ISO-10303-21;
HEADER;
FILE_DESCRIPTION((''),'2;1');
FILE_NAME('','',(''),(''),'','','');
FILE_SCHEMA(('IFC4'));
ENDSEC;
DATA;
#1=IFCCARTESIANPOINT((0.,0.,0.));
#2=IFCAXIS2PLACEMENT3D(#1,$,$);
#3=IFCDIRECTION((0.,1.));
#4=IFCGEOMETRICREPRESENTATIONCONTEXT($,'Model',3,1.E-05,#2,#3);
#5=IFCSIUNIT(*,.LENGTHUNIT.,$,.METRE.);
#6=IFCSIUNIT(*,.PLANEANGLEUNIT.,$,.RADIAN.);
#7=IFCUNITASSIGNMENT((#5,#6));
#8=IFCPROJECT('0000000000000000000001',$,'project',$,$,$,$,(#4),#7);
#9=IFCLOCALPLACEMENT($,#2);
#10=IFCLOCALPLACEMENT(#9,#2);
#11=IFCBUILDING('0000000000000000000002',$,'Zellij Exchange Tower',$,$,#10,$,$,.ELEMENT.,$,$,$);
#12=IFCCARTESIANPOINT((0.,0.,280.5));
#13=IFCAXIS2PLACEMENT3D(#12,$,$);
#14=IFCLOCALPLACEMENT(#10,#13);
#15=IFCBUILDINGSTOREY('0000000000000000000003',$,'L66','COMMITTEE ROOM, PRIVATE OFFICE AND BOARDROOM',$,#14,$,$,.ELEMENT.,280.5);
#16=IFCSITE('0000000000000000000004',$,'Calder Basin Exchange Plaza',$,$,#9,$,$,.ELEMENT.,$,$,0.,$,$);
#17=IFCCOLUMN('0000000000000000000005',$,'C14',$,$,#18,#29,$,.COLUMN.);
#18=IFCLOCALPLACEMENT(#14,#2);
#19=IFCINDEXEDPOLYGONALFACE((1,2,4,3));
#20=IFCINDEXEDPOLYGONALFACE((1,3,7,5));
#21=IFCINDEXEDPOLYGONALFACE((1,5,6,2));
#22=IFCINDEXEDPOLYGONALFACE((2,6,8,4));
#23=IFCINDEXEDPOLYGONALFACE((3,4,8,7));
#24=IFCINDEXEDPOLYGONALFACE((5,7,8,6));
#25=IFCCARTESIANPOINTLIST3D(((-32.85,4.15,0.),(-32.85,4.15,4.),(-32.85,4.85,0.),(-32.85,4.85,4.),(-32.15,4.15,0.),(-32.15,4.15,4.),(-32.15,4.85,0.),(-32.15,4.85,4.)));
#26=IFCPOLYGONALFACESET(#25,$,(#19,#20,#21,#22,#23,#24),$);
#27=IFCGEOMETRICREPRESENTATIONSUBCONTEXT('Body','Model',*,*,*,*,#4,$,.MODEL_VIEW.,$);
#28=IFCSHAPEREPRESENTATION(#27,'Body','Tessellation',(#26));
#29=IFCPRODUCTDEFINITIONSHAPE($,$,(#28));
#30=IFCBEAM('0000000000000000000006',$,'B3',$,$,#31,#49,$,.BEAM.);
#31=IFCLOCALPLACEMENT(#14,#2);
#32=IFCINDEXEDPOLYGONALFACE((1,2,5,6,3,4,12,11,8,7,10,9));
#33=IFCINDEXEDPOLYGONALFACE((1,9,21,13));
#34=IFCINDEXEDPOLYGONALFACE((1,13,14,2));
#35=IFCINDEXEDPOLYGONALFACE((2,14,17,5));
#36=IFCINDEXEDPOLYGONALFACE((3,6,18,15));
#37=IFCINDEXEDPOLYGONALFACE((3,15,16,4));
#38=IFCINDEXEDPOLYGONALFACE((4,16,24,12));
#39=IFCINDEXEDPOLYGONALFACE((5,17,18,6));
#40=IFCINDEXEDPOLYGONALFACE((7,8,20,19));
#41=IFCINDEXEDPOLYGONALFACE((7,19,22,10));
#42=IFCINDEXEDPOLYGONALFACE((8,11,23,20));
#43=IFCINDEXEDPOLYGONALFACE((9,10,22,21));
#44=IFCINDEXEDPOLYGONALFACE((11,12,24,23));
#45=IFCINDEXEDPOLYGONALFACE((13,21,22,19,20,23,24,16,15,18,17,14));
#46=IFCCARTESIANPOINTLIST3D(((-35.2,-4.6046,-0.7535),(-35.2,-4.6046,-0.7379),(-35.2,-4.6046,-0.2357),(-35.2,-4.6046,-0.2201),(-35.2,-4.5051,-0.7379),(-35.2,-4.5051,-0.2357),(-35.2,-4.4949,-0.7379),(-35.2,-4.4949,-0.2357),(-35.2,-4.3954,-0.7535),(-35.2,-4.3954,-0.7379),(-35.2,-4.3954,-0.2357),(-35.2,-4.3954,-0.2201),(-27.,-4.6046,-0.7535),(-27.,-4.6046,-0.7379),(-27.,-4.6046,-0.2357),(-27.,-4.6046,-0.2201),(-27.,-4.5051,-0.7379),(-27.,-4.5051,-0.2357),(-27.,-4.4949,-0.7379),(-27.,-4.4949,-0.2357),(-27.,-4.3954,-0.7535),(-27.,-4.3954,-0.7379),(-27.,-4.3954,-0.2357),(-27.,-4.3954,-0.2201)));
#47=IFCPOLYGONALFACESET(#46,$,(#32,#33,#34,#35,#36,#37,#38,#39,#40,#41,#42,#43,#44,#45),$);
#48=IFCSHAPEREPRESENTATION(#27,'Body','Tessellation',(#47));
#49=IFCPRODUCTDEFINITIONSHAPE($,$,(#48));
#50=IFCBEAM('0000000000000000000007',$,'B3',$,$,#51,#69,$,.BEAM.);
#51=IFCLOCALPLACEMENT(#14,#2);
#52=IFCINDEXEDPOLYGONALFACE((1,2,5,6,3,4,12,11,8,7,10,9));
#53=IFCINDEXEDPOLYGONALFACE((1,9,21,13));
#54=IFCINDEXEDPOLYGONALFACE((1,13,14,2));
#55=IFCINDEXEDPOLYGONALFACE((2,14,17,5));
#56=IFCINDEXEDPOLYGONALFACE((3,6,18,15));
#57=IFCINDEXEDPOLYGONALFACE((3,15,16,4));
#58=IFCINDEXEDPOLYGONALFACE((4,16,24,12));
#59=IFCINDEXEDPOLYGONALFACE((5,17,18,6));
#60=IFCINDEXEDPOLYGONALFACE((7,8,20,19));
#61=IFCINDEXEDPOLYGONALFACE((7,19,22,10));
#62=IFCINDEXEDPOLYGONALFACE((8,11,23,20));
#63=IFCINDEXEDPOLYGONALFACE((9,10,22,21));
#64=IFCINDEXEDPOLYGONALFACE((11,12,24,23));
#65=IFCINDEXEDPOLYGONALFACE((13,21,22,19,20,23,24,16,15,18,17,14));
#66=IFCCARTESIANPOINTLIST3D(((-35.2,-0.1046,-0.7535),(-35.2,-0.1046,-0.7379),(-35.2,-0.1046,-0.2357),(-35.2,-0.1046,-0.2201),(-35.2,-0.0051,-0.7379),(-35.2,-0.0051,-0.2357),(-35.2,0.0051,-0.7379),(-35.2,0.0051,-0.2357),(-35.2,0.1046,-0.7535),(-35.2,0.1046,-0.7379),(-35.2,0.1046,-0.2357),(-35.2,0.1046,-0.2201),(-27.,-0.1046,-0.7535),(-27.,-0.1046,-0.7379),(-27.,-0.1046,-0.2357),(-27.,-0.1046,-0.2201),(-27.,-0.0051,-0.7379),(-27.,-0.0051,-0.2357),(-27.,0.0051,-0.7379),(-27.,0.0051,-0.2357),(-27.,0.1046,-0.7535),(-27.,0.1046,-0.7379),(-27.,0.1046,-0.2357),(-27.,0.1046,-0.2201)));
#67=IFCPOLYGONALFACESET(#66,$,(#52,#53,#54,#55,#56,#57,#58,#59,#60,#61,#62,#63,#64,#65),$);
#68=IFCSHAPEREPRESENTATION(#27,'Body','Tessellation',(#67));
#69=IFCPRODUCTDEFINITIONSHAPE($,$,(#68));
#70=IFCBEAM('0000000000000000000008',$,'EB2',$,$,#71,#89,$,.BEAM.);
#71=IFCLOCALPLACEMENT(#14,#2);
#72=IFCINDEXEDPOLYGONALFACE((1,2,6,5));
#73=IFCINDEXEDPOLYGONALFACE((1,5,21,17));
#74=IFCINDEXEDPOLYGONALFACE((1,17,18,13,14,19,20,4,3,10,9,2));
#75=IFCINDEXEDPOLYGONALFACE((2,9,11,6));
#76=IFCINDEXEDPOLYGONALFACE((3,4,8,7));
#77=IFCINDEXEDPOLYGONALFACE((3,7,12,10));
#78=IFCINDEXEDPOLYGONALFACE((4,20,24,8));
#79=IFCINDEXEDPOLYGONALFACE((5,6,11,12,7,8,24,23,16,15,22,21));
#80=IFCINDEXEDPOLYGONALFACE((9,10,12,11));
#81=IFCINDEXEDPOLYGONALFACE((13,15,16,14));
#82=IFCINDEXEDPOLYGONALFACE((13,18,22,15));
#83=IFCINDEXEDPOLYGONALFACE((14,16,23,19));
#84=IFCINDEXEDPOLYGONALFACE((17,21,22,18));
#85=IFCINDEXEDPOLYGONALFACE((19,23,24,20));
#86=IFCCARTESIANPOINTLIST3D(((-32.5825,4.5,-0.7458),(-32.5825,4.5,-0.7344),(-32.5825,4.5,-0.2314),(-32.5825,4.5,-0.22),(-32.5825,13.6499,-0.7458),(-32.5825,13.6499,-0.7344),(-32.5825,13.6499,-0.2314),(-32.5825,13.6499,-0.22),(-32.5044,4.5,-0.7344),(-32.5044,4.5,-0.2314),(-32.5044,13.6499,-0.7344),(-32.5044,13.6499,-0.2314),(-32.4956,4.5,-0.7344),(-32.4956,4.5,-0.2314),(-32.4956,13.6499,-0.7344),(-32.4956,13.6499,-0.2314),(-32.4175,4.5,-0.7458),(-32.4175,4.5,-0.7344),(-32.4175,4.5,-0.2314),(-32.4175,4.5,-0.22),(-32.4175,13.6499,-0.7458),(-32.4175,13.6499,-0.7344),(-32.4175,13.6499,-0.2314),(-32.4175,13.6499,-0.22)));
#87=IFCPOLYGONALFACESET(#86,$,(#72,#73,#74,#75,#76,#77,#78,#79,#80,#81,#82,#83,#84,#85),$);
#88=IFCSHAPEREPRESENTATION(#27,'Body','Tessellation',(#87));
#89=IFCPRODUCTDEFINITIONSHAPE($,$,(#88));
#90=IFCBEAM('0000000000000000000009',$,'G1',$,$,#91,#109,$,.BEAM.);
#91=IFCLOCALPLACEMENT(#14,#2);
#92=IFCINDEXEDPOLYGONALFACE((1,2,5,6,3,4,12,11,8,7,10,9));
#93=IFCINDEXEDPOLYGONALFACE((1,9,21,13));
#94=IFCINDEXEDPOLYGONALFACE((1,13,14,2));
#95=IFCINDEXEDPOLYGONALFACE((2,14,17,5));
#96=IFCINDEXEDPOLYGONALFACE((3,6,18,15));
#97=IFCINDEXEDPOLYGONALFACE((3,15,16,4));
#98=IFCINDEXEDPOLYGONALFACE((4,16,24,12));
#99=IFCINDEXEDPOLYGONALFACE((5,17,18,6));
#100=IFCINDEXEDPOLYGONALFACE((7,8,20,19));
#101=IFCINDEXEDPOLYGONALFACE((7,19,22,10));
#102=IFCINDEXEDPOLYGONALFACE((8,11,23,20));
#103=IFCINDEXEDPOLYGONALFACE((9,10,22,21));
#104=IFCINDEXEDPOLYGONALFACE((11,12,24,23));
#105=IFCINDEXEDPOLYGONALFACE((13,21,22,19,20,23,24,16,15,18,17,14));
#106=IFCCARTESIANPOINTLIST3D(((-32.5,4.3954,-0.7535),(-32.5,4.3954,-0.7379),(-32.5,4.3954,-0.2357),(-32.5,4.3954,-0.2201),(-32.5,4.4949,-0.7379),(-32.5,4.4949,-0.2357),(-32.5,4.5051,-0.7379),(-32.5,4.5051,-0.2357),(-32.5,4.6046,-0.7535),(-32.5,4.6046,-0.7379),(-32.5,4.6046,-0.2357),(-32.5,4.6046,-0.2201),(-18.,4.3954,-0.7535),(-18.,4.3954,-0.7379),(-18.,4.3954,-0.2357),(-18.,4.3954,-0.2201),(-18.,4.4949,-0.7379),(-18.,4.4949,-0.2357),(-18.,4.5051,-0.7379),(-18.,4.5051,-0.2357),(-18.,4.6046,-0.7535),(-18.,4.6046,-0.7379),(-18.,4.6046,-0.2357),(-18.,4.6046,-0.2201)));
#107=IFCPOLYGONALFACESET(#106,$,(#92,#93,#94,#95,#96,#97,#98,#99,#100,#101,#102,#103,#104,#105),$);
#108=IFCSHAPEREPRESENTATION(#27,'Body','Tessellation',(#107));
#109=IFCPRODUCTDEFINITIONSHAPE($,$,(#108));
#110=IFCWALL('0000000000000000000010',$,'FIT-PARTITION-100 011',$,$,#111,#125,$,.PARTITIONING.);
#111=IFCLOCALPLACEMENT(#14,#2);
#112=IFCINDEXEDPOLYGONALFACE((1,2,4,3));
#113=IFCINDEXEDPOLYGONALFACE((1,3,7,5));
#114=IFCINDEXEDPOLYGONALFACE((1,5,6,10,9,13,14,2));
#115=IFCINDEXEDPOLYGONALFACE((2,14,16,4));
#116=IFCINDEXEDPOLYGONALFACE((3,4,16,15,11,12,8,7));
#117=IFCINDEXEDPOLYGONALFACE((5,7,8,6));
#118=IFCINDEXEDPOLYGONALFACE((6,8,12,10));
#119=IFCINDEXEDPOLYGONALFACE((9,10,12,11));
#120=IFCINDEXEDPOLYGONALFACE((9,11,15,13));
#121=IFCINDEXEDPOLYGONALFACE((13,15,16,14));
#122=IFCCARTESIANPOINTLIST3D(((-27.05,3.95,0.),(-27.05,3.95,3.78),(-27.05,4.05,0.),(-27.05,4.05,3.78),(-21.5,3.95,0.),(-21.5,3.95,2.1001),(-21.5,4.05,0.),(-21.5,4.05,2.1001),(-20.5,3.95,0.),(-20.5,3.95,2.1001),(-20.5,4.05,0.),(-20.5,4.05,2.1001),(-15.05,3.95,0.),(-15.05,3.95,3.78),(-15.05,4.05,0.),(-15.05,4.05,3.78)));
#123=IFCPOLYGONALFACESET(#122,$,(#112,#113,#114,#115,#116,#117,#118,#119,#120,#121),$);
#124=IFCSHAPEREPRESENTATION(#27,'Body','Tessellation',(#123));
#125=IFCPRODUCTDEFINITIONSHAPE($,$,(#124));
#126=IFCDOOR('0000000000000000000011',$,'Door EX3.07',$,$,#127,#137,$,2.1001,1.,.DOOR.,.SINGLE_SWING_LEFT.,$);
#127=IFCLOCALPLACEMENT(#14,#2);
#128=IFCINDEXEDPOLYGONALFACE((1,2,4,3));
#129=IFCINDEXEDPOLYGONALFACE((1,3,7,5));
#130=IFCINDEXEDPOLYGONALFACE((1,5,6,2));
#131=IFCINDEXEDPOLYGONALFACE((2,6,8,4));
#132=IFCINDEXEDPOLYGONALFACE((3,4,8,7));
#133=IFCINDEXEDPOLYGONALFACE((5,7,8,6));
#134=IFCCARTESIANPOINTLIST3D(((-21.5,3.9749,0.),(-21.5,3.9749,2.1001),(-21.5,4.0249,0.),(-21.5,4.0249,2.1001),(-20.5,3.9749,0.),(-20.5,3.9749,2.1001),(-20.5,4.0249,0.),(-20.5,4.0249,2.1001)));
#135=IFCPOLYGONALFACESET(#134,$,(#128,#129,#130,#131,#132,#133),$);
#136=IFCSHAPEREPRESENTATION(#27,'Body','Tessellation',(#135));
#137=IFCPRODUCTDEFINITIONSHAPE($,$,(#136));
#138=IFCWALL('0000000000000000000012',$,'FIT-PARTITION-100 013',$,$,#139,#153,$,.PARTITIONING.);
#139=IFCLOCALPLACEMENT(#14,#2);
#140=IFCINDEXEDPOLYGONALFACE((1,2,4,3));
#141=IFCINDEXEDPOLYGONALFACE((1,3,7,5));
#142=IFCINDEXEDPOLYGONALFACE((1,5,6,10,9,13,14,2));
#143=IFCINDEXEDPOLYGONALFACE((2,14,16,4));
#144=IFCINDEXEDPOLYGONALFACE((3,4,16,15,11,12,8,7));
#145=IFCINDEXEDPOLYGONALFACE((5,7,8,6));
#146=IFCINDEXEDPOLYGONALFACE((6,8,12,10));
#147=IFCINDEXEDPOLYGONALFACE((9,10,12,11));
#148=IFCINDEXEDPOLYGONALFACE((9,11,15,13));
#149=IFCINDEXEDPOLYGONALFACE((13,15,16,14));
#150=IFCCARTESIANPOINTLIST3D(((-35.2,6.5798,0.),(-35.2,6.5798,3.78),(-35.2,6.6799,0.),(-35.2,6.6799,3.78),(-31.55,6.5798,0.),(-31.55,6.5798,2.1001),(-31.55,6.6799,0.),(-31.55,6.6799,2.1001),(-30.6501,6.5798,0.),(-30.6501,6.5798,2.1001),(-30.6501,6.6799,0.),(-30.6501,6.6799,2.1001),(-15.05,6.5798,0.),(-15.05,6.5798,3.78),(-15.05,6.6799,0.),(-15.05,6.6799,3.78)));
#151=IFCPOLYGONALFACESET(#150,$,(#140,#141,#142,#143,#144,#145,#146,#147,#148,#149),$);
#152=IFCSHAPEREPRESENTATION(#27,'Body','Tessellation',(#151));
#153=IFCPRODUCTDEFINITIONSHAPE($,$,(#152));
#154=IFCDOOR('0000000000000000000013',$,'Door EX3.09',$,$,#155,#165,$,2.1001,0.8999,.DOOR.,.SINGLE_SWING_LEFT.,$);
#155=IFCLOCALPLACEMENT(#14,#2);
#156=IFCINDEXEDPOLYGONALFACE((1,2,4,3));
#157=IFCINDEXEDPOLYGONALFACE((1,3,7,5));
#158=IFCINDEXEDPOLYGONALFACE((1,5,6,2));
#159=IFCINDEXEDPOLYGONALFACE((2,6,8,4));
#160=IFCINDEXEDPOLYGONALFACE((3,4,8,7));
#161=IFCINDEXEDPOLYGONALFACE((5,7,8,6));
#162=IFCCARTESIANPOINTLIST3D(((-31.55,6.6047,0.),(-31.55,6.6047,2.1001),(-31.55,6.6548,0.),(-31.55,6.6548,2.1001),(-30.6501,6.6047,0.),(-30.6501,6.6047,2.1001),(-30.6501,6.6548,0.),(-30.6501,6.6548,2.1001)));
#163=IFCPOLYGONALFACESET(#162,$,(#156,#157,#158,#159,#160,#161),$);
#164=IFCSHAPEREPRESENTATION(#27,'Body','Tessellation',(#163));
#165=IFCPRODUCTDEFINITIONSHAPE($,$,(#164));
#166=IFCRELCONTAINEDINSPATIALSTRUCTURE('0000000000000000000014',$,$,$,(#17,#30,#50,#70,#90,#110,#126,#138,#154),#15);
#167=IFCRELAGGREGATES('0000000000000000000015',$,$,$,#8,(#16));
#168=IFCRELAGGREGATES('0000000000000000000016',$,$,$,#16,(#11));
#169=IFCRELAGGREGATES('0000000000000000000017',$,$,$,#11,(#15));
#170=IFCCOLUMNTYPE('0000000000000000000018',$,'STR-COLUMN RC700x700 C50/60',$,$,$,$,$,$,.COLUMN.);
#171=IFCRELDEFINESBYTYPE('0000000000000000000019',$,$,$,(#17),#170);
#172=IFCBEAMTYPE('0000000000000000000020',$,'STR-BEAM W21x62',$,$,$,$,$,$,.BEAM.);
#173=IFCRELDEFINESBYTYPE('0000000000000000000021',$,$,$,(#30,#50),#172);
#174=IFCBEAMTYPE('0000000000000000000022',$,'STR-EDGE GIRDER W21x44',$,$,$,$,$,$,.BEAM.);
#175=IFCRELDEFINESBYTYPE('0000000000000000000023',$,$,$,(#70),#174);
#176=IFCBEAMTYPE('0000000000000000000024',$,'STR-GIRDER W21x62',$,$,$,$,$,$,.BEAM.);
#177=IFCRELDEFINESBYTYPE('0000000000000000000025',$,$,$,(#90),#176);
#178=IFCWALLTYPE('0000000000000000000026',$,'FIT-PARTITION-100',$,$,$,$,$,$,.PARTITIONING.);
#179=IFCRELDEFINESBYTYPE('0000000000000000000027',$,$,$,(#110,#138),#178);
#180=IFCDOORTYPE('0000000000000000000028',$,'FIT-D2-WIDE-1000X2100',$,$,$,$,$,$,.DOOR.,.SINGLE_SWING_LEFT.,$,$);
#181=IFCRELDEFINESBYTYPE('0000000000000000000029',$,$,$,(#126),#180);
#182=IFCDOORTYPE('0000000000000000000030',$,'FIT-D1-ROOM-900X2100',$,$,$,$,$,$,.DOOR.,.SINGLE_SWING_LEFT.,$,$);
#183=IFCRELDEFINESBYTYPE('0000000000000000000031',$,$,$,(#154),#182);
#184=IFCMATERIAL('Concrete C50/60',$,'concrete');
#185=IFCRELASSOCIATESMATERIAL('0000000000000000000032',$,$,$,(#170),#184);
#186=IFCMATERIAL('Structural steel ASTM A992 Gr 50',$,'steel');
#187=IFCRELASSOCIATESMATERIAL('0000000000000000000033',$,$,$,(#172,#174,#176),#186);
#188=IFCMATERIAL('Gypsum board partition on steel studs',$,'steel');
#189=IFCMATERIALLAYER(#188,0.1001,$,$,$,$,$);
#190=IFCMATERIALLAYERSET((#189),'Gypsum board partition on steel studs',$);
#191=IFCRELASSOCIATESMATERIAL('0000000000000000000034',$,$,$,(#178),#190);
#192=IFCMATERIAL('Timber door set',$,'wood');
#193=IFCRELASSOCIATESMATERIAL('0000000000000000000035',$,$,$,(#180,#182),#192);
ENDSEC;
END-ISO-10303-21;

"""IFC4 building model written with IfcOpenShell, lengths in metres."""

from ifc_helpers import new_model, si_unit, direction, frame, frame_2d, origin, origin_2d, place, context, subcontext, project, spatial, rectangle, i_section, extrude, material, layer, layer_set, material_profile, profile_set, type_object, element, fill, save


model = new_model("IFC4")

# Units and contexts
model_context = context("Model", 3, precision=1e-05, world=origin(), true_north=direction((0.0, 1.0)))
body_context = subcontext(model_context, "Body", "Model", "MODEL_VIEW")
ifc_project = project(units=[si_unit("LENGTHUNIT", "METRE"), si_unit("PLANEANGLEUNIT", "RADIAN")], contexts=[model_context])

# Site, building, storey
site_placement = place(None, origin())
site = spatial("IfcSite", under=ifc_project, at=site_placement, Name="Calder Basin Exchange Plaza", CompositionType="ELEMENT", RefElevation=0.0)
building_placement = place(site_placement, origin())
building = spatial("IfcBuilding", under=site, at=building_placement, Name="Zellij Exchange Tower", CompositionType="ELEMENT")
storey_placement = place(building_placement, frame((0.0, 0.0, 280.5)))
storey = spatial("IfcBuildingStorey", under=building, at=storey_placement, Name="L66", Description="COMMITTEE ROOM, PRIVATE OFFICE AND BOARDROOM", CompositionType="ELEMENT", Elevation=280.5)

# Column
ifc_material_1 = material(Name="Concrete C50/60", Category="concrete")
ifc_material_profile_1 = material_profile(ifc_material_1, rectangle(XDim=0.7, YDim=0.7, at=origin_2d()), Name="STR-COLUMN RC700x700 C50/60")
ifc_profile_set_1 = profile_set([ifc_material_profile_1], Name="Concrete C50/60")
column_type = type_object("IfcColumnType", Name="STR-COLUMN RC700x700 C50/60", PredefinedType="COLUMN", material=ifc_profile_set_1)
column_placement = place(storey_placement, frame((-32.5, 4.5, 0.0), z_axis=(0.0, 0.0, 1.0), x_axis=(1.0, 0.0, 0.0)))
element("IfcColumn", 1, at=column_placement, inside=storey, type_object=column_type, Name="C14", PredefinedType="COLUMN", context=body_context, shape_type="SweptSolid", body=[
    extrude(rectangle(XDim=0.7, YDim=0.7, at=origin_2d()), origin(), (0.0, 0.0, 1.0), 4.0),
])

# Beams
ifc_material_2 = material(Name="Structural steel ASTM A992 Gr 50", Category="steel")
ifc_material_profile_2 = material_profile(ifc_material_2, i_section(OverallWidth=0.2092, OverallDepth=0.5334, WebThickness=0.0103, FlangeThickness=0.0156, at=origin_2d()), Name="W21x62")
ifc_profile_set_2 = profile_set([ifc_material_profile_2], Name="Structural steel ASTM A992 Gr 50")
beam_type_1 = type_object("IfcBeamType", Name="STR-BEAM W21x62", PredefinedType="BEAM", material=ifc_profile_set_2)
for number, where, z_axis, x_axis, name in (
    (2, (-35.2, -4.5, -0.4868), (1.0, 0.0, 0.0), (0.0, 1.0, 0.0), "B3"),
    (3, (-35.2, 0.0, -0.4868), (1.0, 0.0, 0.0), (0.0, 1.0, 0.0), "B3"),
):
    element("IfcBeam", number, at=place(storey_placement, frame(where, z_axis=z_axis, x_axis=x_axis)), inside=storey, type_object=beam_type_1, Name=name, PredefinedType="BEAM", context=body_context, shape_type="SweptSolid", body=[
        extrude(i_section(OverallWidth=0.2092, OverallDepth=0.5334, WebThickness=0.0103, FlangeThickness=0.0156, at=origin_2d()), origin(), (0.0, 0.0, 1.0), 8.2),
    ])
ifc_material_profile_3 = material_profile(ifc_material_2, i_section(OverallWidth=0.165, OverallDepth=0.5259, WebThickness=0.0088, FlangeThickness=0.0115, at=origin_2d()), Name="W21x44")
ifc_profile_set_3 = profile_set([ifc_material_profile_3], Name="Structural steel ASTM A992 Gr 50")
beam_type_2 = type_object("IfcBeamType", Name="STR-EDGE GIRDER W21x44", PredefinedType="BEAM", material=ifc_profile_set_3)
beam_1_placement = place(storey_placement, frame((-32.5, 4.5, -0.4829), z_axis=(0.0, 1.0, 0.0), x_axis=(-1.0, 0.0, 0.0)))
element("IfcBeam", 4, at=beam_1_placement, inside=storey, type_object=beam_type_2, Name="EB2", PredefinedType="BEAM", context=body_context, shape_type="SweptSolid", body=[
    extrude(i_section(OverallWidth=0.165, OverallDepth=0.5259, WebThickness=0.0088, FlangeThickness=0.0115, at=origin_2d()), origin(), (0.0, 0.0, 1.0), 9.1499),
])
ifc_material_profile_4 = material_profile(ifc_material_2, i_section(OverallWidth=0.2092, OverallDepth=0.5334, WebThickness=0.0103, FlangeThickness=0.0156, at=origin_2d()), Name="W21x62")
ifc_profile_set_4 = profile_set([ifc_material_profile_4], Name="Structural steel ASTM A992 Gr 50")
beam_type_3 = type_object("IfcBeamType", Name="STR-GIRDER W21x62", PredefinedType="BEAM", material=ifc_profile_set_4)
beam_2_placement = place(storey_placement, frame((-32.5, 4.5, -0.4868), z_axis=(1.0, 0.0, 0.0), x_axis=(0.0, 1.0, 0.0)))
element("IfcBeam", 5, at=beam_2_placement, inside=storey, type_object=beam_type_3, Name="G1", PredefinedType="BEAM", context=body_context, shape_type="SweptSolid", body=[
    extrude(i_section(OverallWidth=0.2092, OverallDepth=0.5334, WebThickness=0.0103, FlangeThickness=0.0156, at=origin_2d()), origin(), (0.0, 0.0, 1.0), 14.5),
])

# Walls, openings, doors
ifc_material_3 = material(Name="Gypsum board partition on steel studs", Category="steel")
ifc_layer_1 = layer(ifc_material_3, 0.1001)
ifc_layer_set_1 = layer_set([ifc_layer_1], Name="Gypsum board partition on steel studs")
wall_type = type_object("IfcWallType", Name="FIT-PARTITION-100", PredefinedType="PARTITIONING", material=ifc_layer_set_1)
wall_1_placement = place(storey_placement, frame((-27.05, 4.0, 0.0), z_axis=(0.0, 0.0, 1.0), x_axis=(1.0, 0.0, 0.0)))
wall_1 = element("IfcWall", 6, at=wall_1_placement, inside=storey, type_object=wall_type, Name="FIT-PARTITION-100 011", PredefinedType="PARTITIONING", context=body_context, shape_type="SweptSolid", body=[
    extrude(rectangle(XDim=12.0, YDim=0.1001, at=frame_2d((6.0, 0.0))), origin(), (0.0, 0.0, 1.0), 3.78),
])
opening_1_placement = place(wall_1_placement, frame((5.55, 0.0, 0.0)))
opening_1 = element("IfcOpeningElement", 7, at=opening_1_placement, cuts=wall_1, PredefinedType="OPENING", context=body_context, shape_type="SweptSolid", body=[
    extrude(rectangle(XDim=1.0, YDim=2.1001, at=frame_2d((0.5, 1.05))), frame((0.0, 0.062, 0.0), z_axis=(0.0, -1.0, 0.0), x_axis=(1.0, 0.0, 0.0)), (0.0, 0.0, 1.0), 0.124),
])
ifc_material_4 = material(Name="Timber door set", Category="wood")
door_type_1 = type_object("IfcDoorType", Name="FIT-D2-WIDE-1000X2100", OperationType="SINGLE_SWING_LEFT", PredefinedType="DOOR", material=ifc_material_4)
door_1_placement = place(opening_1_placement, origin())
door_1 = element("IfcDoor", 8, at=door_1_placement, inside=storey, type_object=door_type_1, Name="Door EX3.07", OperationType="SINGLE_SWING_LEFT", OverallHeight=2.1001, OverallWidth=1.0, PredefinedType="DOOR", context=body_context, shape_type="SweptSolid", body=[
    extrude(rectangle(XDim=1.0, YDim=2.1001, at=frame_2d((0.5, 1.05))), frame((0.0, 0.0249, 0.0), z_axis=(0.0, -1.0, 0.0), x_axis=(1.0, 0.0, 0.0)), (0.0, 0.0, 1.0), 0.05),
])
fill(opening_1, door_1)
wall_2_placement = place(storey_placement, frame((-35.2, 6.6299, 0.0), z_axis=(0.0, 0.0, 1.0), x_axis=(1.0, 0.0, 0.0)))
wall_2 = element("IfcWall", 9, at=wall_2_placement, inside=storey, type_object=wall_type, Name="FIT-PARTITION-100 013", PredefinedType="PARTITIONING", context=body_context, shape_type="SweptSolid", body=[
    extrude(rectangle(XDim=20.1499, YDim=0.1001, at=frame_2d((10.075, 0.0))), origin(), (0.0, 0.0, 1.0), 3.78),
])
opening_2_placement = place(wall_2_placement, frame((3.6499, 0.0, 0.0)))
opening_2 = element("IfcOpeningElement", 10, at=opening_2_placement, cuts=wall_2, PredefinedType="OPENING", context=body_context, shape_type="SweptSolid", body=[
    extrude(rectangle(XDim=0.8999, YDim=2.1001, at=frame_2d((0.45, 1.05))), frame((0.0, 0.062, 0.0), z_axis=(0.0, -1.0, 0.0), x_axis=(1.0, 0.0, 0.0)), (0.0, 0.0, 1.0), 0.124),
])
door_type_2 = type_object("IfcDoorType", Name="FIT-D1-ROOM-900X2100", OperationType="SINGLE_SWING_LEFT", PredefinedType="DOOR", material=ifc_material_4)
door_2_placement = place(opening_2_placement, origin())
door_2 = element("IfcDoor", 11, at=door_2_placement, inside=storey, type_object=door_type_2, Name="Door EX3.09", OperationType="SINGLE_SWING_LEFT", OverallHeight=2.1001, OverallWidth=0.8999, PredefinedType="DOOR", context=body_context, shape_type="SweptSolid", body=[
    extrude(rectangle(XDim=0.8999, YDim=2.1001, at=frame_2d((0.45, 1.05))), frame((0.0, 0.0249, 0.0), z_axis=(0.0, -1.0, 0.0), x_axis=(1.0, 0.0, 0.0)), (0.0, 0.0, 1.0), 0.05),
])
fill(opening_2, door_2)

save(model, "model.ifc")
